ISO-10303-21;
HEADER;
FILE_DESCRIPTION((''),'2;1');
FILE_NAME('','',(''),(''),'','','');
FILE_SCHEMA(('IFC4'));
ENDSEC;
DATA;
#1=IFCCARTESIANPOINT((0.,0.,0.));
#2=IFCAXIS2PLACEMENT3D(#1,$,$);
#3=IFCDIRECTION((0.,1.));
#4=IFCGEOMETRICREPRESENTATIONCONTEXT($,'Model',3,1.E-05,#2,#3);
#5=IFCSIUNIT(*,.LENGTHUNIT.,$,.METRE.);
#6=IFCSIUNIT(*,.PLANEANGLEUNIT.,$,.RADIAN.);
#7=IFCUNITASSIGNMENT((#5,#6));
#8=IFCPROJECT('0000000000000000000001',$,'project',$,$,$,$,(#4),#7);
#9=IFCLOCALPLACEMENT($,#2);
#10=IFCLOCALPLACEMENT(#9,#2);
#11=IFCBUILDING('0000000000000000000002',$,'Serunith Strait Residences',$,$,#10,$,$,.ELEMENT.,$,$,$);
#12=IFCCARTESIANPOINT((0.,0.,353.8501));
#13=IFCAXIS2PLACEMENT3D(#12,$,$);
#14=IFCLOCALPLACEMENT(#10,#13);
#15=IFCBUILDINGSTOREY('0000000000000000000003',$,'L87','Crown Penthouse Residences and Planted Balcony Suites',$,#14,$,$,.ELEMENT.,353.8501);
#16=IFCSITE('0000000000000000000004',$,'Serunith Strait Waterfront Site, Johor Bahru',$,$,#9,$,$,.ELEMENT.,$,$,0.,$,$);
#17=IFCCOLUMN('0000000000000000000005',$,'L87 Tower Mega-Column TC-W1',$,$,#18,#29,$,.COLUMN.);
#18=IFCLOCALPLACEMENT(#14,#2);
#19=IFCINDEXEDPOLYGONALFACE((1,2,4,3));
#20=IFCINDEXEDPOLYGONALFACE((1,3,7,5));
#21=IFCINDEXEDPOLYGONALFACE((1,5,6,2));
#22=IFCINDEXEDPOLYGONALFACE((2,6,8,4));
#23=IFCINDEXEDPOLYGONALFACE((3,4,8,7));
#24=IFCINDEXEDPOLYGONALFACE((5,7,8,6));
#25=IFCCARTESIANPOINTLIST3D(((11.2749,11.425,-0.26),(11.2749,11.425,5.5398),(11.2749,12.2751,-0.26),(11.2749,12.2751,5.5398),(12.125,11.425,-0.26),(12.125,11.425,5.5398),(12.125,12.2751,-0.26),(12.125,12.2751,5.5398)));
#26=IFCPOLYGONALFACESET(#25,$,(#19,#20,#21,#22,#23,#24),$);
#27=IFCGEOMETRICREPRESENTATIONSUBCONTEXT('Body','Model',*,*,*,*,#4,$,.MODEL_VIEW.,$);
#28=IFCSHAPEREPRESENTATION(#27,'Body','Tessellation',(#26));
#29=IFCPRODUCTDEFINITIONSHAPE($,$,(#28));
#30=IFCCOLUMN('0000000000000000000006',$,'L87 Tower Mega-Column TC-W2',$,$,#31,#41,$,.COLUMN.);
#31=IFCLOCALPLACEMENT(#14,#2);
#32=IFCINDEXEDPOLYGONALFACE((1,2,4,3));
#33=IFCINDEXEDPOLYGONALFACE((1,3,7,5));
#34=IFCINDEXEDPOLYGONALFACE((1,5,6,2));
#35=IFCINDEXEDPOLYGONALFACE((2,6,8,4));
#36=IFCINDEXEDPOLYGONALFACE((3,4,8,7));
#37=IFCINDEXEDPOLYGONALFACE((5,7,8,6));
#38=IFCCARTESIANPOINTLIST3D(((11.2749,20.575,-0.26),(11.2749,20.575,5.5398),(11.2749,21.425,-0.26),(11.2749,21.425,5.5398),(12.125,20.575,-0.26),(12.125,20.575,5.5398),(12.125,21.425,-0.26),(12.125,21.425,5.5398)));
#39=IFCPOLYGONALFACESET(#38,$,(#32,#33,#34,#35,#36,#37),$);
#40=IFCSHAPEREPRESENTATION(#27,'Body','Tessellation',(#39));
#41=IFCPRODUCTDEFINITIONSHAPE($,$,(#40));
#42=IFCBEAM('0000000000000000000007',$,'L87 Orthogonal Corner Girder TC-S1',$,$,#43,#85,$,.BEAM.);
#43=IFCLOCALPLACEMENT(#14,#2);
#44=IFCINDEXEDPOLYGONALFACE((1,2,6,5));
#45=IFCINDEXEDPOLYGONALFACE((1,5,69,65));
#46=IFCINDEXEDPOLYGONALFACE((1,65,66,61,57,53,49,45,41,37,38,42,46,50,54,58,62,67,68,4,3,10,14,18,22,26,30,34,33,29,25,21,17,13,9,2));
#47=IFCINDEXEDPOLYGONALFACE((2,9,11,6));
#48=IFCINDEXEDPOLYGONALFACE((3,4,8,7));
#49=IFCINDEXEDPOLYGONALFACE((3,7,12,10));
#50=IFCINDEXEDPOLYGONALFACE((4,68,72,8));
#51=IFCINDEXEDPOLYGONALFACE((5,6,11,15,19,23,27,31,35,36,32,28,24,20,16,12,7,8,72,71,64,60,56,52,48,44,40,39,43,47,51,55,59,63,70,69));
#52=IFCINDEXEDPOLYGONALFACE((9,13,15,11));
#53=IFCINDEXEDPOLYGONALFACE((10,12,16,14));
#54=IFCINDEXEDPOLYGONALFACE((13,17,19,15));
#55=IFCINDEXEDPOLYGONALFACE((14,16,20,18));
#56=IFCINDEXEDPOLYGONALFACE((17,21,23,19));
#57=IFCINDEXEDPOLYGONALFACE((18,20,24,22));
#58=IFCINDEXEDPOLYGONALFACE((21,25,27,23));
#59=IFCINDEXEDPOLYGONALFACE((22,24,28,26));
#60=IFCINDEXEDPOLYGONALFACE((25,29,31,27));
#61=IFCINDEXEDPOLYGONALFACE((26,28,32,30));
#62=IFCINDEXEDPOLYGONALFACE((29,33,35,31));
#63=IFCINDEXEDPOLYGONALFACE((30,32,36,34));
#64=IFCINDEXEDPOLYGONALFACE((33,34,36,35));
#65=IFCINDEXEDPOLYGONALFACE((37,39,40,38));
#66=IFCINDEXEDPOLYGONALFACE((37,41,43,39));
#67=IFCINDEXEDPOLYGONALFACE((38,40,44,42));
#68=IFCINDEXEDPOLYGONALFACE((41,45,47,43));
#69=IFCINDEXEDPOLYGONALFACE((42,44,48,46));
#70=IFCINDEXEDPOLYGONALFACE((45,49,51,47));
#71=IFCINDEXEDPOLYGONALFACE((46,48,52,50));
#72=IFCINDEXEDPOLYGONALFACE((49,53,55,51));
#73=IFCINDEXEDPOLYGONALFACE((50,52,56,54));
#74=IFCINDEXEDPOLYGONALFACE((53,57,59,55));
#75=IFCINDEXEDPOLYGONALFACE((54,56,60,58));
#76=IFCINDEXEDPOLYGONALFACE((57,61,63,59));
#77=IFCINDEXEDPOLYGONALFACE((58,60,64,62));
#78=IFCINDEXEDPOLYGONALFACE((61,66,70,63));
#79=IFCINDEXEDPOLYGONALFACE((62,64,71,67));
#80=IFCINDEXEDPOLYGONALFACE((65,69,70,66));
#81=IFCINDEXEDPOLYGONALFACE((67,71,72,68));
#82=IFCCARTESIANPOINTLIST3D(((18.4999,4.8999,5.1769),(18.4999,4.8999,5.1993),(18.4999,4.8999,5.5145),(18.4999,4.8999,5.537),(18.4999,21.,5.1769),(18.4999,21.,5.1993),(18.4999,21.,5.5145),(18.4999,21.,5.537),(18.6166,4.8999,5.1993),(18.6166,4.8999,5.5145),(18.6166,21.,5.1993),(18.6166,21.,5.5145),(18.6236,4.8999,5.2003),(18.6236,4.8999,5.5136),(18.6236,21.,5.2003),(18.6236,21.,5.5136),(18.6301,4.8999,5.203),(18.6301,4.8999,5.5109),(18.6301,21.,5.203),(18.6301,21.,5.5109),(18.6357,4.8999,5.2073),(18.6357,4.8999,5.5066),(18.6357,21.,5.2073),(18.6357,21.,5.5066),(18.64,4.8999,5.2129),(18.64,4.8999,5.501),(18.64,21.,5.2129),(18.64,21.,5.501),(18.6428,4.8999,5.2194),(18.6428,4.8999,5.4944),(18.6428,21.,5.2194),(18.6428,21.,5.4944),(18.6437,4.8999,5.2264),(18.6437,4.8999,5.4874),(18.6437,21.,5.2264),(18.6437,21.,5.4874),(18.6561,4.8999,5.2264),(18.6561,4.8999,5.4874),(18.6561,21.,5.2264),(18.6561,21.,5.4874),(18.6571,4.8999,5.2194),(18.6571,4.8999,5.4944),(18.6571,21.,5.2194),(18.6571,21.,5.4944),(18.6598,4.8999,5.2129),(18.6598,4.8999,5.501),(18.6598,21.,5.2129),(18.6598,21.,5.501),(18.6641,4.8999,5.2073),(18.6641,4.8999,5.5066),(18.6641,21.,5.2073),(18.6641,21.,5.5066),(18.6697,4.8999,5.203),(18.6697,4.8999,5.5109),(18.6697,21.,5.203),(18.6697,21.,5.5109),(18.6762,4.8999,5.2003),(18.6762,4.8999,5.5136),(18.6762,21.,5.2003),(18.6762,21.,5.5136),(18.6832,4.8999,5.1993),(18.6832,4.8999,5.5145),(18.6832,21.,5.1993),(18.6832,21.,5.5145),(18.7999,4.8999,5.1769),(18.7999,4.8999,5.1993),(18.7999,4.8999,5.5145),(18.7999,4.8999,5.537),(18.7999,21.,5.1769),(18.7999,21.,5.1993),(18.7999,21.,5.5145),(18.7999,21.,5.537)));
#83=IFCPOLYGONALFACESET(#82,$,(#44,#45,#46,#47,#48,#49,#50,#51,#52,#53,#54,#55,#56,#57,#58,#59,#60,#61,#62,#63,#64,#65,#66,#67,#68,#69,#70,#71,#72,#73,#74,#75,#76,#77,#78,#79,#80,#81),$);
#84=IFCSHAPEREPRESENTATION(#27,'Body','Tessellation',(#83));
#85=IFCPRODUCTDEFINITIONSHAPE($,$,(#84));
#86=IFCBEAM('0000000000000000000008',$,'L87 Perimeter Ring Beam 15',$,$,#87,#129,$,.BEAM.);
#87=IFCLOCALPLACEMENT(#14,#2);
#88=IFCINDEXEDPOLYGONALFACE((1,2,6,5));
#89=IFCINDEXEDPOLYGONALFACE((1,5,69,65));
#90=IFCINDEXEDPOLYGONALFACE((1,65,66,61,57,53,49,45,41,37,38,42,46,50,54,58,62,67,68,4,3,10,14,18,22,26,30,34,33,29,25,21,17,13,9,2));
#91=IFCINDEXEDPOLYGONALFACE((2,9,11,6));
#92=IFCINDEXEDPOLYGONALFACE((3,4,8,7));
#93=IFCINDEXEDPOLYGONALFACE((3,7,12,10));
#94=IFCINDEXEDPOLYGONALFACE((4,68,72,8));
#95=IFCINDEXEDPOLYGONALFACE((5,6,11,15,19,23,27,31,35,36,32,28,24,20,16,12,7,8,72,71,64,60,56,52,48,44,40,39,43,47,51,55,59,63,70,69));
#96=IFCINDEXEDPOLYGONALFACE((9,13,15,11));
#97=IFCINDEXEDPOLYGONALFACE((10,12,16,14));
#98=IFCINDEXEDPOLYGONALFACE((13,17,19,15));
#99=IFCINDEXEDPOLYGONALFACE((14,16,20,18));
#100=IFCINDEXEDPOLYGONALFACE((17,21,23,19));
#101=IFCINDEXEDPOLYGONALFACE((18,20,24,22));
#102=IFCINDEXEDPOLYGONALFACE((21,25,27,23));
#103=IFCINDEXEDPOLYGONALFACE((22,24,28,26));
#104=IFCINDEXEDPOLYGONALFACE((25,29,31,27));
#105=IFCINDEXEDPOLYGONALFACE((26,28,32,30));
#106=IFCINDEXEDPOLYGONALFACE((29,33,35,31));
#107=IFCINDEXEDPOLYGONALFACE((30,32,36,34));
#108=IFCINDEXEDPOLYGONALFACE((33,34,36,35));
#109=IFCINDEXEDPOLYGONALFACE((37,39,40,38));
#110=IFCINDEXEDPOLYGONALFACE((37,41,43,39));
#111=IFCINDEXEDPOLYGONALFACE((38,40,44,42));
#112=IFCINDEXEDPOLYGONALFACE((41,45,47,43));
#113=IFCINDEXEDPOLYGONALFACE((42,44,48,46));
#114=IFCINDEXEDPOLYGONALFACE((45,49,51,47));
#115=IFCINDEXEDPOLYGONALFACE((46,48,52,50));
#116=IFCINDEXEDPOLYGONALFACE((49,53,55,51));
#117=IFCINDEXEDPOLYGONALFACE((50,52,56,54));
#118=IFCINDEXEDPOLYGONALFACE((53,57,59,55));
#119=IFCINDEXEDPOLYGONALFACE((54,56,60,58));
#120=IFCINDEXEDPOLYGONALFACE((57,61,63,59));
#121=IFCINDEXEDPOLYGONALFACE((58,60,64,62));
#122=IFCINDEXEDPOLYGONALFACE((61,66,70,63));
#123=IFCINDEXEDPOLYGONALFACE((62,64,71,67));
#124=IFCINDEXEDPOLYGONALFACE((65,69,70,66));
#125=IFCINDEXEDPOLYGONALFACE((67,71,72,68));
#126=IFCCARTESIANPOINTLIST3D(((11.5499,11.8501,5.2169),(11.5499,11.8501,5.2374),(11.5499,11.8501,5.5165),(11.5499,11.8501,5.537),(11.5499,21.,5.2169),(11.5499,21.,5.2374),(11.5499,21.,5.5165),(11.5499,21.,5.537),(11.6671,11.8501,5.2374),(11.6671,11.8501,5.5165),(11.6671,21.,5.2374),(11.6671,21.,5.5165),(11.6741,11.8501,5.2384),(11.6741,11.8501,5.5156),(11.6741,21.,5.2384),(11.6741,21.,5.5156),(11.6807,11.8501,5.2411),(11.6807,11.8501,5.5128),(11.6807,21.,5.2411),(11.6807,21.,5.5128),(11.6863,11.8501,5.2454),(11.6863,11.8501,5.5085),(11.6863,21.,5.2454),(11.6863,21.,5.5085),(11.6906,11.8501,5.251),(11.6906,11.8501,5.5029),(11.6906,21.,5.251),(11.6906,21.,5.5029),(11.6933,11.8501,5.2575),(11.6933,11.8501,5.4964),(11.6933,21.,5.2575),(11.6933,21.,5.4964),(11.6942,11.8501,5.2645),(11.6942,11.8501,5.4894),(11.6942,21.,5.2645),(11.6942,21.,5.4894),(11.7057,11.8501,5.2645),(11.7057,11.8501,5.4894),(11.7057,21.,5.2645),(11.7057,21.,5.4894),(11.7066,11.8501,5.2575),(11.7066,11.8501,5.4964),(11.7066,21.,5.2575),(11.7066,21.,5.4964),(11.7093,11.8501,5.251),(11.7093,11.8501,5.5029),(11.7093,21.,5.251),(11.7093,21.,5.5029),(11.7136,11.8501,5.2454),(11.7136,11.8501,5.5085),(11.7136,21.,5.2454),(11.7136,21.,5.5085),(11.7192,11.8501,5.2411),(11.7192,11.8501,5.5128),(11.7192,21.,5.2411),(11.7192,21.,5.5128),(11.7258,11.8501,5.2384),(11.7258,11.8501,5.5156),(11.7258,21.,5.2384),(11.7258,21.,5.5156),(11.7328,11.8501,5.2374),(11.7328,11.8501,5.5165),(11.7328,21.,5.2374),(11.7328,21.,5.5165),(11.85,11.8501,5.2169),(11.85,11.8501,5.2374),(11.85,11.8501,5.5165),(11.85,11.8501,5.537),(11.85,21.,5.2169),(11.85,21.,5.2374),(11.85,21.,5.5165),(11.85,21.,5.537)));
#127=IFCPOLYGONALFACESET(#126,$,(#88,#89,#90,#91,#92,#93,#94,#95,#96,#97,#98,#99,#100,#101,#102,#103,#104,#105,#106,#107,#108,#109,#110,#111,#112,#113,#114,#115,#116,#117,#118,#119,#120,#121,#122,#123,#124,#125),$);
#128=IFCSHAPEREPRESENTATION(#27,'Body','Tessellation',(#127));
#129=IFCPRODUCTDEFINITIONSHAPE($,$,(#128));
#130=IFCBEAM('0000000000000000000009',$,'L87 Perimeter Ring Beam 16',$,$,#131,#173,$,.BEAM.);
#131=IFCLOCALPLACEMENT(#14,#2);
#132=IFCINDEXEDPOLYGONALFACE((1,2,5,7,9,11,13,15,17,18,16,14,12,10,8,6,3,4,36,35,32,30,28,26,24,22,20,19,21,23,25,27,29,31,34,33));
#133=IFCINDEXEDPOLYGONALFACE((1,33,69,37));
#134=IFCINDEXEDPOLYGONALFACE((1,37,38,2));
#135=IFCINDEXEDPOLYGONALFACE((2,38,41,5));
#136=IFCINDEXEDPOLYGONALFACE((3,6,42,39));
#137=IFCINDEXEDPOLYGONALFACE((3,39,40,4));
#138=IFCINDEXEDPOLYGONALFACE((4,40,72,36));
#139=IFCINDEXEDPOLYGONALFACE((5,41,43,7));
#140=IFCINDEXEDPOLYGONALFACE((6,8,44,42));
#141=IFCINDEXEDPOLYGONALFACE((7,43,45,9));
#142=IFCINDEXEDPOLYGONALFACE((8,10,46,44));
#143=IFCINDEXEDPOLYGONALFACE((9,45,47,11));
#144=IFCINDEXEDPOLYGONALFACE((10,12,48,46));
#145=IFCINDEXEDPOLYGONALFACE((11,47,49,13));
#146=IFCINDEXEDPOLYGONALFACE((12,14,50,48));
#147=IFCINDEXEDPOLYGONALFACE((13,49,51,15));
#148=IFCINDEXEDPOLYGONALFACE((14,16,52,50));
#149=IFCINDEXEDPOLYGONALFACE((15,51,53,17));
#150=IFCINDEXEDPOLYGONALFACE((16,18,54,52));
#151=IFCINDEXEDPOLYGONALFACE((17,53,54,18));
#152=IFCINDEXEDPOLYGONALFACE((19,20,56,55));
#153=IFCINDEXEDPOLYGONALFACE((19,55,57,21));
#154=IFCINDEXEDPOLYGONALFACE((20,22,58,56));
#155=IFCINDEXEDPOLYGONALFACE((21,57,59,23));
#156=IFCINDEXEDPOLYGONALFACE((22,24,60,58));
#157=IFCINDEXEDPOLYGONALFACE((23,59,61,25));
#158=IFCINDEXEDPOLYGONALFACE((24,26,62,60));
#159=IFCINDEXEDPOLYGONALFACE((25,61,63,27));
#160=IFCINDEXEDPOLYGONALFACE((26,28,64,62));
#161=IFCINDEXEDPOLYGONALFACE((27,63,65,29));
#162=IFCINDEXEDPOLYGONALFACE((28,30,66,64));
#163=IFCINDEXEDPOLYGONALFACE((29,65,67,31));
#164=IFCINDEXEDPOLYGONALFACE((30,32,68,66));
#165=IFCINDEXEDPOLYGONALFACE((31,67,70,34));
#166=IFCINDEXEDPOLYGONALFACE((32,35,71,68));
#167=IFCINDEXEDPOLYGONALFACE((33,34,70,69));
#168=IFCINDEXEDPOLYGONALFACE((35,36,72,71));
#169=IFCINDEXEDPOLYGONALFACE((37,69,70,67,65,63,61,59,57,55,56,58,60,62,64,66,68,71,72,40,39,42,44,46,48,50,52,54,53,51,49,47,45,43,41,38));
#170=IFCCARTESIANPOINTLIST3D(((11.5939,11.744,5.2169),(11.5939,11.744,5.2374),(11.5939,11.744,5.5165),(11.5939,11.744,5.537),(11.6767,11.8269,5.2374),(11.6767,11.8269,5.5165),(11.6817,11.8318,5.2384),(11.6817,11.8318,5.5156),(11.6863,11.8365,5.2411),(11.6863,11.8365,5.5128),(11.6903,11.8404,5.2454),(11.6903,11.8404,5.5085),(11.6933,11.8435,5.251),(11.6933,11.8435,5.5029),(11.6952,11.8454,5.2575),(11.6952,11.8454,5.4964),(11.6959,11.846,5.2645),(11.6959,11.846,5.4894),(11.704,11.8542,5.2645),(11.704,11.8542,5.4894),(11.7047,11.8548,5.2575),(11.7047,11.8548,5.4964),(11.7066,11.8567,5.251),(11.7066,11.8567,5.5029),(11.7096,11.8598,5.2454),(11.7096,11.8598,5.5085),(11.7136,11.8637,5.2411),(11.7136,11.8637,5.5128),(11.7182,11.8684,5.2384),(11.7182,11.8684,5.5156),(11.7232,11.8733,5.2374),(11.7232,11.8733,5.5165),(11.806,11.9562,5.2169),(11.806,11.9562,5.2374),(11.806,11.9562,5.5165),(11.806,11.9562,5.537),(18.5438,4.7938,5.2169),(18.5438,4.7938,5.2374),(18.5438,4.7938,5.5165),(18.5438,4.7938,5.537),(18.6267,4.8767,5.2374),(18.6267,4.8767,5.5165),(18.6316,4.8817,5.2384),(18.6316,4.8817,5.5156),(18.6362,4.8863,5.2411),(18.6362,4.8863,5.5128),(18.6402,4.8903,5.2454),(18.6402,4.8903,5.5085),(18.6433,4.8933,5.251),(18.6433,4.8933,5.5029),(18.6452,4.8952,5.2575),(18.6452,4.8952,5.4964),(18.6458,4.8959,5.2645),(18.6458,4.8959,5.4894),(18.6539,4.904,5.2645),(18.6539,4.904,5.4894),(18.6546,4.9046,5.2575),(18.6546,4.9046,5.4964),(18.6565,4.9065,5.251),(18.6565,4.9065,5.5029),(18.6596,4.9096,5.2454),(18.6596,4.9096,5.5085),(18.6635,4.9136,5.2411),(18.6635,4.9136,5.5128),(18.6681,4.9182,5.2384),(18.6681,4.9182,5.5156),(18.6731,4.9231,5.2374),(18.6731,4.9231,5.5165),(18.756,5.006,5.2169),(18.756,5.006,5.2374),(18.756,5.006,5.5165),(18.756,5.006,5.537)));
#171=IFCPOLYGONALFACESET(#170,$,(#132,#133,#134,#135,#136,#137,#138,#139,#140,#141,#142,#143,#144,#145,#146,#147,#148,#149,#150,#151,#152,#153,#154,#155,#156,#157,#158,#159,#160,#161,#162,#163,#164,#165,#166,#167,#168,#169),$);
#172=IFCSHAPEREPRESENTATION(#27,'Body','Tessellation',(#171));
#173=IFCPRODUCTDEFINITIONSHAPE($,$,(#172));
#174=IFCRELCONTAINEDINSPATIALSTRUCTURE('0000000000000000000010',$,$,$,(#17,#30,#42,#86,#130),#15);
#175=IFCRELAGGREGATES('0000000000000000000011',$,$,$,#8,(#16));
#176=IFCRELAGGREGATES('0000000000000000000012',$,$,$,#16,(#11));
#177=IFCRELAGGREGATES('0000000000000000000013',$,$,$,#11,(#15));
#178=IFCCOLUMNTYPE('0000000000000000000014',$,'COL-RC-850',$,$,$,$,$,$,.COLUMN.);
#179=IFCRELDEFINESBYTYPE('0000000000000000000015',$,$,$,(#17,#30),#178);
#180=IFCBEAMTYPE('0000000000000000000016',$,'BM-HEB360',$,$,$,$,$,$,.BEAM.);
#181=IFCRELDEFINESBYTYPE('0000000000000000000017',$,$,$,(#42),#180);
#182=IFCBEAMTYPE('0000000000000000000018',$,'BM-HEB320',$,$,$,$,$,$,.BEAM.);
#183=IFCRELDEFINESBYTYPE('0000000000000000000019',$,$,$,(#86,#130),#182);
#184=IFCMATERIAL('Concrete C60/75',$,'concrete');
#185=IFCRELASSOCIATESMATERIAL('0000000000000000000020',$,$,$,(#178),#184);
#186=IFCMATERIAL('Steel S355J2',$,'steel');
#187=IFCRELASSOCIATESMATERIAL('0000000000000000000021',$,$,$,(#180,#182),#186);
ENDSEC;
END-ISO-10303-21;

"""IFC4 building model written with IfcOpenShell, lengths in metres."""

from ifc_helpers import new_model, si_unit, direction, frame, origin, origin_2d, place, context, subcontext, project, spatial, rectangle, i_section, extrude, source, transform, mapped, material, material_profile, profile_set, type_object, element, save


model = new_model("IFC4")

# Units and contexts
model_context = context("Model", 3, precision=1e-05, world=origin(), true_north=direction((0.0, 1.0)))
body_context = subcontext(model_context, "Body", "Model", "MODEL_VIEW")
ifc_project = project(units=[si_unit("LENGTHUNIT", "METRE"), si_unit("PLANEANGLEUNIT", "RADIAN")], contexts=[model_context])

# Site, building, storey
site_placement = place(None, origin())
site = spatial("IfcSite", under=ifc_project, at=site_placement, Name="Serunith Strait Waterfront Site, Johor Bahru", CompositionType="ELEMENT", RefElevation=0.0)
building_placement = place(site_placement, origin())
building = spatial("IfcBuilding", under=site, at=building_placement, Name="Serunith Strait Residences", CompositionType="ELEMENT")
storey_placement = place(building_placement, frame((0.0, 0.0, 353.8501)))
storey = spatial("IfcBuildingStorey", under=building, at=storey_placement, Name="L87", Description="Crown Penthouse Residences and Planted Balcony Suites", CompositionType="ELEMENT", Elevation=353.8501)

# Columns
ifc_material_1 = material(Name="Concrete C60/75", Category="concrete")
ifc_material_profile_1 = material_profile(ifc_material_1, rectangle(XDim=0.8501, YDim=0.8501, at=origin_2d()), Name="RC 850x850")
ifc_profile_set_1 = profile_set([ifc_material_profile_1], Name="Concrete C60/75")
column_type = type_object("IfcColumnType", Name="COL-RC-850", PredefinedType="COLUMN", material=ifc_profile_set_1)
shared_shape_1 = source(origin(), body_context, "Body", "SweptSolid", [
    extrude(rectangle(XDim=0.8501, YDim=0.8501, at=origin_2d()), origin(), (0.0, 0.0, 1.0), 5.7998),
])
for number, where, z_axis, x_axis, name in (
    (1, (11.7, 11.8501, -0.26), (0.0, 0.0, 1.0), (1.0, 0.0, 0.0), "L87 Tower Mega-Column TC-W1"),
    (2, (11.7, 21.0, -0.26), (0.0, 0.0, 1.0), (1.0, 0.0, 0.0), "L87 Tower Mega-Column TC-W2"),
):
    element("IfcColumn", number, at=place(storey_placement, frame(where, z_axis=z_axis, x_axis=x_axis)), inside=storey, type_object=column_type, Name=name, PredefinedType="COLUMN", context=body_context, shape_type="MappedRepresentation", body=[
        mapped(shared_shape_1, transform((0.0, 0.0, 0.0), scale=1.0)),
    ])

# Beams
ifc_material_2 = material(Name="Steel S355J2", Category="steel")
ifc_material_profile_2 = material_profile(ifc_material_2, i_section(OverallWidth=0.3, OverallDepth=0.3601, WebThickness=0.0125, FlangeThickness=0.0225, FilletRadius=0.0271, at=origin_2d()), Name="HEB 360")
ifc_profile_set_2 = profile_set([ifc_material_profile_2], Name="Steel S355J2")
beam_type_1 = type_object("IfcBeamType", Name="BM-HEB360", PredefinedType="BEAM", material=ifc_profile_set_2)
shared_shape_2 = source(origin(), body_context, "Body", "SweptSolid", [
    extrude(i_section(OverallWidth=0.3, OverallDepth=0.3601, WebThickness=0.0125, FlangeThickness=0.0225, FilletRadius=0.0271, at=origin_2d()), origin(), (0.0, 0.0, 1.0), 16.1001),
])
beam_1_placement = place(storey_placement, frame((18.6499, 21.0, 5.3569), z_axis=(0.0, -1.0, 0.0), x_axis=(1.0, 0.0, 0.0)))
element("IfcBeam", 3, at=beam_1_placement, inside=storey, type_object=beam_type_1, Name="L87 Orthogonal Corner Girder TC-S1", PredefinedType="BEAM", context=body_context, shape_type="MappedRepresentation", body=[
    mapped(shared_shape_2, transform((0.0, 0.0, 0.0), scale=1.0)),
])
ifc_material_profile_3 = material_profile(ifc_material_2, i_section(OverallWidth=0.3, OverallDepth=0.3201, WebThickness=0.0115, FlangeThickness=0.0205, FilletRadius=0.0271, at=origin_2d()), Name="HEB 320")
ifc_profile_set_3 = profile_set([ifc_material_profile_3], Name="Steel S355J2")
beam_type_2 = type_object("IfcBeamType", Name="BM-HEB320", PredefinedType="BEAM", material=ifc_profile_set_3)
shared_shape_3 = source(origin(), body_context, "Body", "SweptSolid", [
    extrude(i_section(OverallWidth=0.3, OverallDepth=0.3201, WebThickness=0.0115, FlangeThickness=0.0205, FilletRadius=0.0271, at=origin_2d()), origin(), (0.0, 0.0, 1.0), 9.1499),
])
beam_2_placement = place(storey_placement, frame((11.7, 21.0, 5.377), z_axis=(0.0, -1.0, 0.0), x_axis=(1.0, 0.0, 0.0)))
element("IfcBeam", 4, at=beam_2_placement, inside=storey, type_object=beam_type_2, Name="L87 Perimeter Ring Beam 15", PredefinedType="BEAM", context=body_context, shape_type="MappedRepresentation", body=[
    mapped(shared_shape_3, transform((0.0, 0.0, 0.0), scale=1.0)),
])
shared_shape_4 = source(origin(), body_context, "Body", "SweptSolid", [
    extrude(i_section(OverallWidth=0.3, OverallDepth=0.3201, WebThickness=0.0115, FlangeThickness=0.0205, FilletRadius=0.0271, at=origin_2d()), origin(), (0.0, 0.0, 1.0), 9.8289),
])
beam_3_placement = place(storey_placement, frame((11.7, 11.8501, 5.377), z_axis=(0.707094, -0.707119, 0.0), x_axis=(0.707119, 0.707094, 0.0)))
element("IfcBeam", 5, at=beam_3_placement, inside=storey, type_object=beam_type_2, Name="L87 Perimeter Ring Beam 16", PredefinedType="BEAM", context=body_context, shape_type="MappedRepresentation", body=[
    mapped(shared_shape_4, transform((0.0, 0.0, 0.0), scale=1.0)),
])

save(model, "model.ifc")
